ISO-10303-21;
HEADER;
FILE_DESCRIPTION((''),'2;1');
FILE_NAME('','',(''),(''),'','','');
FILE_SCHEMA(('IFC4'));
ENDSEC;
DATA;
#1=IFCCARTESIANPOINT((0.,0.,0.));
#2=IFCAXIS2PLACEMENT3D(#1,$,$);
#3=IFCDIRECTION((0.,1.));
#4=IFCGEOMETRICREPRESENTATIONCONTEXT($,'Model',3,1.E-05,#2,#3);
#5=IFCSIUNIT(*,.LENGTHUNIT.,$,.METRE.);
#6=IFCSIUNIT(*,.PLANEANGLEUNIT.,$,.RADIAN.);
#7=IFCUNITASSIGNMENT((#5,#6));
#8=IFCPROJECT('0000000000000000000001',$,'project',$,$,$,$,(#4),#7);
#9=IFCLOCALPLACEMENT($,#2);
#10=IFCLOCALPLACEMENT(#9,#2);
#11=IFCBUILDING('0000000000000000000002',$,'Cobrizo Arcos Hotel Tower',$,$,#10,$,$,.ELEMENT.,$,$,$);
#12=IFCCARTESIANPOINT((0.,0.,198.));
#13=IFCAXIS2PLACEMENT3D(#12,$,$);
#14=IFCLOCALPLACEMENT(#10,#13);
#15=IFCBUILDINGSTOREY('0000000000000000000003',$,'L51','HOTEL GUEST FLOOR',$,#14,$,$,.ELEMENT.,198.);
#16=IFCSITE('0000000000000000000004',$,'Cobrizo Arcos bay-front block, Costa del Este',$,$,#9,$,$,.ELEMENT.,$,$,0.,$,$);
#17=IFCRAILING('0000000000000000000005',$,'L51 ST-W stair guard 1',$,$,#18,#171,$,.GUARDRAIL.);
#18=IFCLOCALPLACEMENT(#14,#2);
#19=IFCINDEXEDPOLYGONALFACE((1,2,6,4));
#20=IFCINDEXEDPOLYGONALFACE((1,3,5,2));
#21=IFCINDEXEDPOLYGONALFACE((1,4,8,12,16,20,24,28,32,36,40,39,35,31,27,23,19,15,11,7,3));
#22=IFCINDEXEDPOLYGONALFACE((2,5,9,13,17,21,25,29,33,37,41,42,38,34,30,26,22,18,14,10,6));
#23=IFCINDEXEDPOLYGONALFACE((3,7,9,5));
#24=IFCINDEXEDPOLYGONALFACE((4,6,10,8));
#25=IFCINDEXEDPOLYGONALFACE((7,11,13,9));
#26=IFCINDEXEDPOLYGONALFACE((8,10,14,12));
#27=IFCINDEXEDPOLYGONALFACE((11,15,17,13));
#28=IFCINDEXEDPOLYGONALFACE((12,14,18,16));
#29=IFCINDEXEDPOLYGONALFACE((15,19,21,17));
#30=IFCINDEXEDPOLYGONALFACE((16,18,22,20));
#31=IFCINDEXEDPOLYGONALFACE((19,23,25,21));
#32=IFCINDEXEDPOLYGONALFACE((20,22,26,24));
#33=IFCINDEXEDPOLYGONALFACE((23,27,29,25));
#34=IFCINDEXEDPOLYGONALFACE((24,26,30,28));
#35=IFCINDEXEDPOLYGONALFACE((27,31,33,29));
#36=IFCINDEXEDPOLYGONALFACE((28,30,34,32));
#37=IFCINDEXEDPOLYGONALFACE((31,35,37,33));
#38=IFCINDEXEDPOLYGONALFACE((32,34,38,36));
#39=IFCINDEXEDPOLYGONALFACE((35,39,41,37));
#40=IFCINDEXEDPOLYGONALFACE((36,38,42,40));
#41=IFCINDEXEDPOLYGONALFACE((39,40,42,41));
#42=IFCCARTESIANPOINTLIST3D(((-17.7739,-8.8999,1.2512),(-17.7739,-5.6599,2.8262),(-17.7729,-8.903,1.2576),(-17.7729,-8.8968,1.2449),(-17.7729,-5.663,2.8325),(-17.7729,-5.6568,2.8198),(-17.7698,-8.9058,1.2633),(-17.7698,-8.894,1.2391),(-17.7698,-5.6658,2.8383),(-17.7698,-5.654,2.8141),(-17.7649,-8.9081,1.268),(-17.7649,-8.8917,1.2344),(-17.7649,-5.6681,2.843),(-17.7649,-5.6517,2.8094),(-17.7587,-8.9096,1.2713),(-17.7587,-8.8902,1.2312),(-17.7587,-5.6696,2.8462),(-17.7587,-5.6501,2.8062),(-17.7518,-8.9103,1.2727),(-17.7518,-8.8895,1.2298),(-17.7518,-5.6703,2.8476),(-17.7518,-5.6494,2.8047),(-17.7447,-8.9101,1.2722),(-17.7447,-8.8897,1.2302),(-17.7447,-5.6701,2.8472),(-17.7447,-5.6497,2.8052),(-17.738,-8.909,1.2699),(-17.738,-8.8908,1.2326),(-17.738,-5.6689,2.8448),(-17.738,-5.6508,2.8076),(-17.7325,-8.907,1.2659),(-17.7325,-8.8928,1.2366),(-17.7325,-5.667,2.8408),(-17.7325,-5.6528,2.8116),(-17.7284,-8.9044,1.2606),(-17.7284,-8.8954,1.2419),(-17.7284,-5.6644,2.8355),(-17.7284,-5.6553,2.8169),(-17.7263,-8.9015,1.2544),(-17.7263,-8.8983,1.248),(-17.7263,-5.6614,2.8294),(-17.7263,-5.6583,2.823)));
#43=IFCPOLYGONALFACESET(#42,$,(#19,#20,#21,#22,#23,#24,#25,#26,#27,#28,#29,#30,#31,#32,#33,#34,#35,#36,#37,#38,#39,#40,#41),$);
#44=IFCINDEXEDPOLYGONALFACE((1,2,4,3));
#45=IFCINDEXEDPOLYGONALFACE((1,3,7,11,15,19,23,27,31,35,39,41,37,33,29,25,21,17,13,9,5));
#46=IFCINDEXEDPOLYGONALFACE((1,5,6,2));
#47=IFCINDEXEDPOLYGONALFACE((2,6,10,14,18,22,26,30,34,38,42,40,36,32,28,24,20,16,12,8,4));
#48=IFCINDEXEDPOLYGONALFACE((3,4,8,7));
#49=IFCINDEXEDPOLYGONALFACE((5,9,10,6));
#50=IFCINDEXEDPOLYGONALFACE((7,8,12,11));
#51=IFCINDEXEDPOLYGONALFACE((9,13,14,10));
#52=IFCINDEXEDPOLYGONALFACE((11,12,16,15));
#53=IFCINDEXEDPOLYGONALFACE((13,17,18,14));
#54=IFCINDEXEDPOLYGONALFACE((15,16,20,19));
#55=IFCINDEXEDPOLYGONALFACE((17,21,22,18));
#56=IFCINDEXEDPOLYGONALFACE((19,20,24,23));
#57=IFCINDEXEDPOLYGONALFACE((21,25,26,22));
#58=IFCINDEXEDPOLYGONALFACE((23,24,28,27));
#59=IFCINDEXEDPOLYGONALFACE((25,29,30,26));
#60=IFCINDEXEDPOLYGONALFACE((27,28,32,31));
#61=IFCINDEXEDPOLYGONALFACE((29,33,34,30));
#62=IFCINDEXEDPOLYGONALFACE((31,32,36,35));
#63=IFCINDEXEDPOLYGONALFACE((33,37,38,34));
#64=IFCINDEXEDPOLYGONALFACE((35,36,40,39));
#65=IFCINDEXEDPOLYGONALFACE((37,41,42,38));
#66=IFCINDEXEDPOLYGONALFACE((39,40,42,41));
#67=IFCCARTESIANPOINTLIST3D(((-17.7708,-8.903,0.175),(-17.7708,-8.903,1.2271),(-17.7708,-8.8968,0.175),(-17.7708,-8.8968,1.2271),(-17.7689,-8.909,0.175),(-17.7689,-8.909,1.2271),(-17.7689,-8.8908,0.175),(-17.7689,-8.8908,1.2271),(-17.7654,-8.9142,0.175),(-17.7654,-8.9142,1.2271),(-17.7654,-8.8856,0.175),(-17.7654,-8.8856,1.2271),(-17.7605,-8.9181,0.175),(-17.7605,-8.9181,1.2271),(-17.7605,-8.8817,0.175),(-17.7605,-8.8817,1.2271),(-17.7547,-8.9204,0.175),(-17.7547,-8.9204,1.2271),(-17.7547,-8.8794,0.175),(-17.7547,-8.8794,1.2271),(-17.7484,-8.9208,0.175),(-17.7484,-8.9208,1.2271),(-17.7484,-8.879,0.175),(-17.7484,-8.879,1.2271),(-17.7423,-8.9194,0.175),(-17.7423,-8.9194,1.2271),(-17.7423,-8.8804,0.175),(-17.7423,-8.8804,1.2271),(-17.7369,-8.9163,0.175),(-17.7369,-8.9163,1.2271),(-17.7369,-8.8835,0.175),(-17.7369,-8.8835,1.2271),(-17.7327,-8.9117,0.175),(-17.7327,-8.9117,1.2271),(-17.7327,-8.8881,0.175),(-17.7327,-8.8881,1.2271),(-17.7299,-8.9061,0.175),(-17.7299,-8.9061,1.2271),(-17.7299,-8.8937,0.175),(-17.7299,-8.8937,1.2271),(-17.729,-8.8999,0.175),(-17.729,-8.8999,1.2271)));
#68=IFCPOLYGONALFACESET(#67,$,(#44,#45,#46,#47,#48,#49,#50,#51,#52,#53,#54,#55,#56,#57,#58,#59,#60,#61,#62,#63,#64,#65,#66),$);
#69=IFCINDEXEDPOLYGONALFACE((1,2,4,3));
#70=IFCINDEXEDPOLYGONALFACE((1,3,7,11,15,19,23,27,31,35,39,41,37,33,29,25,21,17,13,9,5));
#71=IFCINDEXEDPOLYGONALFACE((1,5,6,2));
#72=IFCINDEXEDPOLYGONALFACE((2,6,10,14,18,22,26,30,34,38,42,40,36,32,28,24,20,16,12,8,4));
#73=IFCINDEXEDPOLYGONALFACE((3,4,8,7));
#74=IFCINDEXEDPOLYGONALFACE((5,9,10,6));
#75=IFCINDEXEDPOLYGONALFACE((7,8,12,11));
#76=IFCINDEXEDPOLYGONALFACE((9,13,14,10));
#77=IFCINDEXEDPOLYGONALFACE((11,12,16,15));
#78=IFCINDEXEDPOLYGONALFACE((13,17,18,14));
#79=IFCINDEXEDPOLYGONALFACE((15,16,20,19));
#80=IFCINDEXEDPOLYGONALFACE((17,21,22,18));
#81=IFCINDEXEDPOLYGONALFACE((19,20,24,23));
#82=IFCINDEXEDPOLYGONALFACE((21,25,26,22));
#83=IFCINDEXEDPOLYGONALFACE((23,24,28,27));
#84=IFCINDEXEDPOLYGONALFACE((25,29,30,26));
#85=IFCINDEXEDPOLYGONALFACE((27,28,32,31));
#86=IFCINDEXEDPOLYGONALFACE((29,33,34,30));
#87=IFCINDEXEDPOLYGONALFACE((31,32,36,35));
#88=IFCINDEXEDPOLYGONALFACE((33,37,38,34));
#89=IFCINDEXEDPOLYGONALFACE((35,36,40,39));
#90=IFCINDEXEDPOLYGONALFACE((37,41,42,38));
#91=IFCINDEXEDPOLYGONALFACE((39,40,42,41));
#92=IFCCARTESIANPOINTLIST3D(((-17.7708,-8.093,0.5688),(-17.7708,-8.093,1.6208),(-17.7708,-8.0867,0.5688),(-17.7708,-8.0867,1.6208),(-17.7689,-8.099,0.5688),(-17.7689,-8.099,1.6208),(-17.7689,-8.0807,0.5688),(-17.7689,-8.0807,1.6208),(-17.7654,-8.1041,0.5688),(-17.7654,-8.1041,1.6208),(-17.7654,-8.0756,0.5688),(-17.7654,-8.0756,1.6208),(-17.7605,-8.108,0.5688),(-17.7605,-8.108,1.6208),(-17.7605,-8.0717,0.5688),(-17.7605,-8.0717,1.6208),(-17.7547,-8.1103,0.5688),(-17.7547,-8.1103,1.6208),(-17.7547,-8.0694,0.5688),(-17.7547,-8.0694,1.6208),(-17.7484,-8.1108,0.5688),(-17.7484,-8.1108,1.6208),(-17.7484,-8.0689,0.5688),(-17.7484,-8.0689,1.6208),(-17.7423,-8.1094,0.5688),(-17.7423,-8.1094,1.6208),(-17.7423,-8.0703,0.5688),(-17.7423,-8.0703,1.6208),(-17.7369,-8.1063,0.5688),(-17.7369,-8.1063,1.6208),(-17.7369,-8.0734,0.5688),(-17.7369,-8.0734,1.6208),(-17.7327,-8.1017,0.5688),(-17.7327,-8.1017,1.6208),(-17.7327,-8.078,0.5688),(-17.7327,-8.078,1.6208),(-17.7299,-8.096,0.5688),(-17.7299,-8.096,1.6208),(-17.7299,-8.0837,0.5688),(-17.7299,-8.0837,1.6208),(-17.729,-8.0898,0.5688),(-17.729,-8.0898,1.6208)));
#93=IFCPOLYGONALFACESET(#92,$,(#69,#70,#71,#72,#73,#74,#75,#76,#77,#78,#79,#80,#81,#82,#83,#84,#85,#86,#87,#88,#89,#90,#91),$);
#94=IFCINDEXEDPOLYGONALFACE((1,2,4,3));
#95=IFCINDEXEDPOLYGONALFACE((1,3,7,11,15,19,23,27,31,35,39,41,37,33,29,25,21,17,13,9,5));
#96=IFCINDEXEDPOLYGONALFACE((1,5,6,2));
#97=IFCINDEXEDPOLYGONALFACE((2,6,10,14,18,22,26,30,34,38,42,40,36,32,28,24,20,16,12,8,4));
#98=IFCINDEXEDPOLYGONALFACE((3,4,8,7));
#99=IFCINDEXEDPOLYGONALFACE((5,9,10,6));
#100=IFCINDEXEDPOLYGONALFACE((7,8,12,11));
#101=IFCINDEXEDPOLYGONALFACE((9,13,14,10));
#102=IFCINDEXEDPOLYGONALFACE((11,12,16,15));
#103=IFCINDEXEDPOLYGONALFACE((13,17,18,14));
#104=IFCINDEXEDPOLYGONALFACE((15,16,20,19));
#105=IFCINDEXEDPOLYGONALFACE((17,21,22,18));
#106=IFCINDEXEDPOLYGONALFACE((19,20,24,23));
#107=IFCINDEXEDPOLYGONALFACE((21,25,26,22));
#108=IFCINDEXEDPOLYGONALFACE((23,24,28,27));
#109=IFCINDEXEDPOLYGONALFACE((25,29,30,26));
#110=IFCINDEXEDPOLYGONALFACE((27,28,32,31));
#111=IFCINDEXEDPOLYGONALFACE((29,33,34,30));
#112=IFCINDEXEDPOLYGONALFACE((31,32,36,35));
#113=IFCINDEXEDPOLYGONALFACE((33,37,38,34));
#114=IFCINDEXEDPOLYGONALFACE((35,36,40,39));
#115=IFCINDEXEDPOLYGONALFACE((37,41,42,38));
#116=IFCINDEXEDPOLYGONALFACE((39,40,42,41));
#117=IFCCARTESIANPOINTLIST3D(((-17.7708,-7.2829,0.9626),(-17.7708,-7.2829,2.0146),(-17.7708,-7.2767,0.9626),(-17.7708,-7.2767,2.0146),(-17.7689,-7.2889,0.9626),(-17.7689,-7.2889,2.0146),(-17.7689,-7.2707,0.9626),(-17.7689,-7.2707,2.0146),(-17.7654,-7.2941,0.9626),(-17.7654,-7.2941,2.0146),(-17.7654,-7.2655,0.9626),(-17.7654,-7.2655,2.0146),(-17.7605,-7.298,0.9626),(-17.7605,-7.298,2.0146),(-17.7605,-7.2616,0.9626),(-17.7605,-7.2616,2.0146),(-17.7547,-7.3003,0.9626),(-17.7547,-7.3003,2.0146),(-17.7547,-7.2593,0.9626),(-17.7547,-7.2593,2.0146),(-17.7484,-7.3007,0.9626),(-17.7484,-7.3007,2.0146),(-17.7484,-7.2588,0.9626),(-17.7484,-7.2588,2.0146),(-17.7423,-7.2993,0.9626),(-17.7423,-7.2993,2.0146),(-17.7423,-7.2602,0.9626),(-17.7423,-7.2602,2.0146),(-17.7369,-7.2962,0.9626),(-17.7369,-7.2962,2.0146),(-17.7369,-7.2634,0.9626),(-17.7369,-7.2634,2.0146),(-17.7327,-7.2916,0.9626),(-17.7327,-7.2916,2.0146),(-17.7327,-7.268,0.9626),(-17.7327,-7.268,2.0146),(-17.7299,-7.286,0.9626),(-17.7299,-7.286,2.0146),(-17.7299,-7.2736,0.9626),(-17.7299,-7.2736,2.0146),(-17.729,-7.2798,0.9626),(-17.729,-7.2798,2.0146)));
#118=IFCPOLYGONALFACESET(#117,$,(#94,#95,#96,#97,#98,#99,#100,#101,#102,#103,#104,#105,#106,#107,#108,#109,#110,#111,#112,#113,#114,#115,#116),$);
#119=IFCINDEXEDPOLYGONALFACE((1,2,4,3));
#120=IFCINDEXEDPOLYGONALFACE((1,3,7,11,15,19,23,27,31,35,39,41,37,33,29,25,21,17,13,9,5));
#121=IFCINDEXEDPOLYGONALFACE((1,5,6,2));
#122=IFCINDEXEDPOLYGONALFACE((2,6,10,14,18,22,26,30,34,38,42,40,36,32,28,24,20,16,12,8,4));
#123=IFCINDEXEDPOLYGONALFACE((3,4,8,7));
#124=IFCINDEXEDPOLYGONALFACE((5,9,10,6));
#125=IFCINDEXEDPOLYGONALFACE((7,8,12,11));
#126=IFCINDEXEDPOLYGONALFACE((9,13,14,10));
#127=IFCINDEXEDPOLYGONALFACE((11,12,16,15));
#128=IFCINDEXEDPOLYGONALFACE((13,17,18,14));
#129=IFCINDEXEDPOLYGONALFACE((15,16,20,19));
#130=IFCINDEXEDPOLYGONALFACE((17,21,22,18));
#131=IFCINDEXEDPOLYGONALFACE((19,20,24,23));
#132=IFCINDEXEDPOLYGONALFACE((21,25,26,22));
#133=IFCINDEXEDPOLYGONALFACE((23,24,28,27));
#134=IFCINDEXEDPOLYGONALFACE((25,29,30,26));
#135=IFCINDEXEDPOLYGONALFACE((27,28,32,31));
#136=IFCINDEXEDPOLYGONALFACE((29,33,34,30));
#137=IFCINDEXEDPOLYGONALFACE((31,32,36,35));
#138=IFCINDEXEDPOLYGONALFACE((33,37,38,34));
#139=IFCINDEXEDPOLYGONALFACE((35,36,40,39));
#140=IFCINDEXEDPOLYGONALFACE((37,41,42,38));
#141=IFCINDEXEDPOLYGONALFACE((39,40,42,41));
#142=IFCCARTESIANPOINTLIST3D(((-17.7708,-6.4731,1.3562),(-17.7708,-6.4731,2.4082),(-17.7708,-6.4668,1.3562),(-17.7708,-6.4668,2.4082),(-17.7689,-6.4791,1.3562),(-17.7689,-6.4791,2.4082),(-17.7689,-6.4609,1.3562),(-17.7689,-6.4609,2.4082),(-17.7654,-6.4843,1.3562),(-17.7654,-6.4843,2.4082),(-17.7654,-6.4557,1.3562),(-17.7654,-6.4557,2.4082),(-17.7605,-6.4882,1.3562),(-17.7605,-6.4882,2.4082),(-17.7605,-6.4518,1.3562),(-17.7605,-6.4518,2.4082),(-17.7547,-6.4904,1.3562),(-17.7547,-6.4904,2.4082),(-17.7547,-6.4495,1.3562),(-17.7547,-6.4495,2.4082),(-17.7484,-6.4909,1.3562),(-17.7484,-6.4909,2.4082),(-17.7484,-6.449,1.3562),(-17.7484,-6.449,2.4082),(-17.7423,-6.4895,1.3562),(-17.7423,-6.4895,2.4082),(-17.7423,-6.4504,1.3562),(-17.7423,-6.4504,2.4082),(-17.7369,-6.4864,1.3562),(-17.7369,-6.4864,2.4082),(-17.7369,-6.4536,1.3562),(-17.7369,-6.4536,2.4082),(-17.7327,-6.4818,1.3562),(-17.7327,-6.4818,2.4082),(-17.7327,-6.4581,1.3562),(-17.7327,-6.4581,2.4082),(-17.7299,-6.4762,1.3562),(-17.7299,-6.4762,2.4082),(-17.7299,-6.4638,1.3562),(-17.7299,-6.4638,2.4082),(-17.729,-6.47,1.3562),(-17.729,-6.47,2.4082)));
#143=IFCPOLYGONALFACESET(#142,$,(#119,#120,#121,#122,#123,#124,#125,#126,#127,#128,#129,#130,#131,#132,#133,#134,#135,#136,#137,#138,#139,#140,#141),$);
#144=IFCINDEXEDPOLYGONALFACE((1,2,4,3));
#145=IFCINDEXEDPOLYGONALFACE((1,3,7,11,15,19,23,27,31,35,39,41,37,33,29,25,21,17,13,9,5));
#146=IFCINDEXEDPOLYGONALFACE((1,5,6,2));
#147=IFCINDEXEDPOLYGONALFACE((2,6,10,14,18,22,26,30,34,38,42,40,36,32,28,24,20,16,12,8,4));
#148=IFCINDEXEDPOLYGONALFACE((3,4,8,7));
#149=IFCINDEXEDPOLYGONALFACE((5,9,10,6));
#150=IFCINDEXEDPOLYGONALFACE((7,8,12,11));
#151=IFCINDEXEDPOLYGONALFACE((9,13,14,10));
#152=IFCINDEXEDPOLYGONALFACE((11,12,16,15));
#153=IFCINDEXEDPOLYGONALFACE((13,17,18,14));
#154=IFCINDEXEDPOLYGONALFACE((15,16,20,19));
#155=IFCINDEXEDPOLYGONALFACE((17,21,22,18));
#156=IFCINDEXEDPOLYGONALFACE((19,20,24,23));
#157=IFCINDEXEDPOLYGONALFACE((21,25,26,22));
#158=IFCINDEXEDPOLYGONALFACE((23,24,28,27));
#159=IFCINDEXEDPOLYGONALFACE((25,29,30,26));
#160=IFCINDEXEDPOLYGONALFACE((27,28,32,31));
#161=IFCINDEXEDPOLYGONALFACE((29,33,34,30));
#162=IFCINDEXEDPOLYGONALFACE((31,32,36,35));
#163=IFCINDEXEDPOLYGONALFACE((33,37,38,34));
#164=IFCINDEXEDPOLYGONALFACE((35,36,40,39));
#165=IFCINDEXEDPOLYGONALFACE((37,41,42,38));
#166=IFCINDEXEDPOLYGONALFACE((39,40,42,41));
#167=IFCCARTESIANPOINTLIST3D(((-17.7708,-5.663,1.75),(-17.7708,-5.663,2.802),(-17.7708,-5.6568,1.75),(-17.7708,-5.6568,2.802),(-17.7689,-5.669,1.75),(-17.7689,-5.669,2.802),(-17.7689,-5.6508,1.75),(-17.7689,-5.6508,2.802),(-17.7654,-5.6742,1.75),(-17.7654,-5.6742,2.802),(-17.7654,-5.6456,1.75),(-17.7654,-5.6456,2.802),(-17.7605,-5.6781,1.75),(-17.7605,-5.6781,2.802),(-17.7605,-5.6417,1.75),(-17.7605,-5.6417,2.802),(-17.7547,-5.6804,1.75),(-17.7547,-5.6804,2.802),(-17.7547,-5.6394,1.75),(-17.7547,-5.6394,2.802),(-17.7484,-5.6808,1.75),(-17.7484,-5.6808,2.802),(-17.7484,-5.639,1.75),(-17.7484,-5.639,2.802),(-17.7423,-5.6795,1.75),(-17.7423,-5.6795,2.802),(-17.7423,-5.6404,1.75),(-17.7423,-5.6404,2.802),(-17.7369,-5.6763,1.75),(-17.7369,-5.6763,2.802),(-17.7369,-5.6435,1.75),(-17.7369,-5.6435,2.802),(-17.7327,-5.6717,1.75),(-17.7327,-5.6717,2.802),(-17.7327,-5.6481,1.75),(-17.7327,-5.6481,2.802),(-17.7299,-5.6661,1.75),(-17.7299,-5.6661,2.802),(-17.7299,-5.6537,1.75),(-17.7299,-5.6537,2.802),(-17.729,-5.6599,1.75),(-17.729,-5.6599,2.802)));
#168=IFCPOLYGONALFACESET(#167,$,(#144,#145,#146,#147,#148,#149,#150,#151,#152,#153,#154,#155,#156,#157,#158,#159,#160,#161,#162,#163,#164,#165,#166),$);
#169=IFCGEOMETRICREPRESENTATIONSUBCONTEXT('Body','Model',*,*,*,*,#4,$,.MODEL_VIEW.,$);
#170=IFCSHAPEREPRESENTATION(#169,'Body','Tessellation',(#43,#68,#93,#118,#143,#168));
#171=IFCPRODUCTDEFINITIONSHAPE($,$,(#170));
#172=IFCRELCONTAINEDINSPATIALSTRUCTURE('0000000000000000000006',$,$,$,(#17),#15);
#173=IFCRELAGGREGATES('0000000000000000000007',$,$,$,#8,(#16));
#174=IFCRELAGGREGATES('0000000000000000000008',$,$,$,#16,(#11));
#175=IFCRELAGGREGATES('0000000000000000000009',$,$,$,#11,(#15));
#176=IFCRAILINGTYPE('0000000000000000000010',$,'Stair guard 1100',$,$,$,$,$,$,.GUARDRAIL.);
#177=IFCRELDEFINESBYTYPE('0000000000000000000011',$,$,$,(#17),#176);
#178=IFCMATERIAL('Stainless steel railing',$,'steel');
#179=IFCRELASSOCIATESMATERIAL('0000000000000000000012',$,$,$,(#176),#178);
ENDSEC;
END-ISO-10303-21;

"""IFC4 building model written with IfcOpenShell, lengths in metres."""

from ifc_helpers import new_model, si_unit, direction, frame, origin, origin_2d, place, context, subcontext, project, spatial, circle, extrude, material, type_object, element, save


model = new_model("IFC4")

# Units and contexts
model_context = context("Model", 3, precision=1e-05, world=origin(), true_north=direction((0.0, 1.0)))
body_context = subcontext(model_context, "Body", "Model", "MODEL_VIEW")
ifc_project = project(units=[si_unit("LENGTHUNIT", "METRE"), si_unit("PLANEANGLEUNIT", "RADIAN")], contexts=[model_context])

# Site, building, storey
site_placement = place(None, origin())
site = spatial("IfcSite", under=ifc_project, at=site_placement, Name="Cobrizo Arcos bay-front block, Costa del Este", CompositionType="ELEMENT", RefElevation=0.0)
building_placement = place(site_placement, origin())
building = spatial("IfcBuilding", under=site, at=building_placement, Name="Cobrizo Arcos Hotel Tower", CompositionType="ELEMENT")
storey_placement = place(building_placement, frame((0.0, 0.0, 198.0)))
storey = spatial("IfcBuildingStorey", under=building, at=storey_placement, Name="L51", Description="HOTEL GUEST FLOOR", CompositionType="ELEMENT", Elevation=198.0)

# Railing
ifc_material_1 = material(Name="Stainless steel railing", Category="steel")
railing_type_1 = type_object("IfcRailingType", Name="Stair guard 1100", PredefinedType="GUARDRAIL", material=ifc_material_1)
railing_1_placement = place(storey_placement, frame((-17.75, -8.8999, 0.175)))
element("IfcRailing", 1, at=railing_1_placement, inside=storey, type_object=railing_type_1, Name="L51 ST-W stair guard 1", PredefinedType="GUARDRAIL", context=body_context, shape_type="SweptSolid", body=[
    extrude(circle(Radius=0.0239, at=origin_2d()), frame((0.0, 0.0, 1.0762), z_axis=(0.0, 0.899373, 0.437183), x_axis=(-1.0, 0.0, 0.0)), (0.0, 0.0, 1.0), 3.6025),
    extrude(circle(Radius=0.021, at=origin_2d()), origin(), (0.0, 0.0, 1.0), 1.052),
    extrude(circle(Radius=0.021, at=origin_2d()), frame((0.0, 0.8101, 0.3938)), (0.0, 0.0, 1.0), 1.052),
    extrude(circle(Radius=0.021, at=origin_2d()), frame((0.0, 1.6201, 0.7876)), (0.0, 0.0, 1.0), 1.052),
    extrude(circle(Radius=0.021, at=origin_2d()), frame((0.0, 2.4299, 1.1812)), (0.0, 0.0, 1.0), 1.052),
    extrude(circle(Radius=0.021, at=origin_2d()), frame((0.0, 3.24, 1.575)), (0.0, 0.0, 1.0), 1.052),
])

save(model, "model.ifc")
